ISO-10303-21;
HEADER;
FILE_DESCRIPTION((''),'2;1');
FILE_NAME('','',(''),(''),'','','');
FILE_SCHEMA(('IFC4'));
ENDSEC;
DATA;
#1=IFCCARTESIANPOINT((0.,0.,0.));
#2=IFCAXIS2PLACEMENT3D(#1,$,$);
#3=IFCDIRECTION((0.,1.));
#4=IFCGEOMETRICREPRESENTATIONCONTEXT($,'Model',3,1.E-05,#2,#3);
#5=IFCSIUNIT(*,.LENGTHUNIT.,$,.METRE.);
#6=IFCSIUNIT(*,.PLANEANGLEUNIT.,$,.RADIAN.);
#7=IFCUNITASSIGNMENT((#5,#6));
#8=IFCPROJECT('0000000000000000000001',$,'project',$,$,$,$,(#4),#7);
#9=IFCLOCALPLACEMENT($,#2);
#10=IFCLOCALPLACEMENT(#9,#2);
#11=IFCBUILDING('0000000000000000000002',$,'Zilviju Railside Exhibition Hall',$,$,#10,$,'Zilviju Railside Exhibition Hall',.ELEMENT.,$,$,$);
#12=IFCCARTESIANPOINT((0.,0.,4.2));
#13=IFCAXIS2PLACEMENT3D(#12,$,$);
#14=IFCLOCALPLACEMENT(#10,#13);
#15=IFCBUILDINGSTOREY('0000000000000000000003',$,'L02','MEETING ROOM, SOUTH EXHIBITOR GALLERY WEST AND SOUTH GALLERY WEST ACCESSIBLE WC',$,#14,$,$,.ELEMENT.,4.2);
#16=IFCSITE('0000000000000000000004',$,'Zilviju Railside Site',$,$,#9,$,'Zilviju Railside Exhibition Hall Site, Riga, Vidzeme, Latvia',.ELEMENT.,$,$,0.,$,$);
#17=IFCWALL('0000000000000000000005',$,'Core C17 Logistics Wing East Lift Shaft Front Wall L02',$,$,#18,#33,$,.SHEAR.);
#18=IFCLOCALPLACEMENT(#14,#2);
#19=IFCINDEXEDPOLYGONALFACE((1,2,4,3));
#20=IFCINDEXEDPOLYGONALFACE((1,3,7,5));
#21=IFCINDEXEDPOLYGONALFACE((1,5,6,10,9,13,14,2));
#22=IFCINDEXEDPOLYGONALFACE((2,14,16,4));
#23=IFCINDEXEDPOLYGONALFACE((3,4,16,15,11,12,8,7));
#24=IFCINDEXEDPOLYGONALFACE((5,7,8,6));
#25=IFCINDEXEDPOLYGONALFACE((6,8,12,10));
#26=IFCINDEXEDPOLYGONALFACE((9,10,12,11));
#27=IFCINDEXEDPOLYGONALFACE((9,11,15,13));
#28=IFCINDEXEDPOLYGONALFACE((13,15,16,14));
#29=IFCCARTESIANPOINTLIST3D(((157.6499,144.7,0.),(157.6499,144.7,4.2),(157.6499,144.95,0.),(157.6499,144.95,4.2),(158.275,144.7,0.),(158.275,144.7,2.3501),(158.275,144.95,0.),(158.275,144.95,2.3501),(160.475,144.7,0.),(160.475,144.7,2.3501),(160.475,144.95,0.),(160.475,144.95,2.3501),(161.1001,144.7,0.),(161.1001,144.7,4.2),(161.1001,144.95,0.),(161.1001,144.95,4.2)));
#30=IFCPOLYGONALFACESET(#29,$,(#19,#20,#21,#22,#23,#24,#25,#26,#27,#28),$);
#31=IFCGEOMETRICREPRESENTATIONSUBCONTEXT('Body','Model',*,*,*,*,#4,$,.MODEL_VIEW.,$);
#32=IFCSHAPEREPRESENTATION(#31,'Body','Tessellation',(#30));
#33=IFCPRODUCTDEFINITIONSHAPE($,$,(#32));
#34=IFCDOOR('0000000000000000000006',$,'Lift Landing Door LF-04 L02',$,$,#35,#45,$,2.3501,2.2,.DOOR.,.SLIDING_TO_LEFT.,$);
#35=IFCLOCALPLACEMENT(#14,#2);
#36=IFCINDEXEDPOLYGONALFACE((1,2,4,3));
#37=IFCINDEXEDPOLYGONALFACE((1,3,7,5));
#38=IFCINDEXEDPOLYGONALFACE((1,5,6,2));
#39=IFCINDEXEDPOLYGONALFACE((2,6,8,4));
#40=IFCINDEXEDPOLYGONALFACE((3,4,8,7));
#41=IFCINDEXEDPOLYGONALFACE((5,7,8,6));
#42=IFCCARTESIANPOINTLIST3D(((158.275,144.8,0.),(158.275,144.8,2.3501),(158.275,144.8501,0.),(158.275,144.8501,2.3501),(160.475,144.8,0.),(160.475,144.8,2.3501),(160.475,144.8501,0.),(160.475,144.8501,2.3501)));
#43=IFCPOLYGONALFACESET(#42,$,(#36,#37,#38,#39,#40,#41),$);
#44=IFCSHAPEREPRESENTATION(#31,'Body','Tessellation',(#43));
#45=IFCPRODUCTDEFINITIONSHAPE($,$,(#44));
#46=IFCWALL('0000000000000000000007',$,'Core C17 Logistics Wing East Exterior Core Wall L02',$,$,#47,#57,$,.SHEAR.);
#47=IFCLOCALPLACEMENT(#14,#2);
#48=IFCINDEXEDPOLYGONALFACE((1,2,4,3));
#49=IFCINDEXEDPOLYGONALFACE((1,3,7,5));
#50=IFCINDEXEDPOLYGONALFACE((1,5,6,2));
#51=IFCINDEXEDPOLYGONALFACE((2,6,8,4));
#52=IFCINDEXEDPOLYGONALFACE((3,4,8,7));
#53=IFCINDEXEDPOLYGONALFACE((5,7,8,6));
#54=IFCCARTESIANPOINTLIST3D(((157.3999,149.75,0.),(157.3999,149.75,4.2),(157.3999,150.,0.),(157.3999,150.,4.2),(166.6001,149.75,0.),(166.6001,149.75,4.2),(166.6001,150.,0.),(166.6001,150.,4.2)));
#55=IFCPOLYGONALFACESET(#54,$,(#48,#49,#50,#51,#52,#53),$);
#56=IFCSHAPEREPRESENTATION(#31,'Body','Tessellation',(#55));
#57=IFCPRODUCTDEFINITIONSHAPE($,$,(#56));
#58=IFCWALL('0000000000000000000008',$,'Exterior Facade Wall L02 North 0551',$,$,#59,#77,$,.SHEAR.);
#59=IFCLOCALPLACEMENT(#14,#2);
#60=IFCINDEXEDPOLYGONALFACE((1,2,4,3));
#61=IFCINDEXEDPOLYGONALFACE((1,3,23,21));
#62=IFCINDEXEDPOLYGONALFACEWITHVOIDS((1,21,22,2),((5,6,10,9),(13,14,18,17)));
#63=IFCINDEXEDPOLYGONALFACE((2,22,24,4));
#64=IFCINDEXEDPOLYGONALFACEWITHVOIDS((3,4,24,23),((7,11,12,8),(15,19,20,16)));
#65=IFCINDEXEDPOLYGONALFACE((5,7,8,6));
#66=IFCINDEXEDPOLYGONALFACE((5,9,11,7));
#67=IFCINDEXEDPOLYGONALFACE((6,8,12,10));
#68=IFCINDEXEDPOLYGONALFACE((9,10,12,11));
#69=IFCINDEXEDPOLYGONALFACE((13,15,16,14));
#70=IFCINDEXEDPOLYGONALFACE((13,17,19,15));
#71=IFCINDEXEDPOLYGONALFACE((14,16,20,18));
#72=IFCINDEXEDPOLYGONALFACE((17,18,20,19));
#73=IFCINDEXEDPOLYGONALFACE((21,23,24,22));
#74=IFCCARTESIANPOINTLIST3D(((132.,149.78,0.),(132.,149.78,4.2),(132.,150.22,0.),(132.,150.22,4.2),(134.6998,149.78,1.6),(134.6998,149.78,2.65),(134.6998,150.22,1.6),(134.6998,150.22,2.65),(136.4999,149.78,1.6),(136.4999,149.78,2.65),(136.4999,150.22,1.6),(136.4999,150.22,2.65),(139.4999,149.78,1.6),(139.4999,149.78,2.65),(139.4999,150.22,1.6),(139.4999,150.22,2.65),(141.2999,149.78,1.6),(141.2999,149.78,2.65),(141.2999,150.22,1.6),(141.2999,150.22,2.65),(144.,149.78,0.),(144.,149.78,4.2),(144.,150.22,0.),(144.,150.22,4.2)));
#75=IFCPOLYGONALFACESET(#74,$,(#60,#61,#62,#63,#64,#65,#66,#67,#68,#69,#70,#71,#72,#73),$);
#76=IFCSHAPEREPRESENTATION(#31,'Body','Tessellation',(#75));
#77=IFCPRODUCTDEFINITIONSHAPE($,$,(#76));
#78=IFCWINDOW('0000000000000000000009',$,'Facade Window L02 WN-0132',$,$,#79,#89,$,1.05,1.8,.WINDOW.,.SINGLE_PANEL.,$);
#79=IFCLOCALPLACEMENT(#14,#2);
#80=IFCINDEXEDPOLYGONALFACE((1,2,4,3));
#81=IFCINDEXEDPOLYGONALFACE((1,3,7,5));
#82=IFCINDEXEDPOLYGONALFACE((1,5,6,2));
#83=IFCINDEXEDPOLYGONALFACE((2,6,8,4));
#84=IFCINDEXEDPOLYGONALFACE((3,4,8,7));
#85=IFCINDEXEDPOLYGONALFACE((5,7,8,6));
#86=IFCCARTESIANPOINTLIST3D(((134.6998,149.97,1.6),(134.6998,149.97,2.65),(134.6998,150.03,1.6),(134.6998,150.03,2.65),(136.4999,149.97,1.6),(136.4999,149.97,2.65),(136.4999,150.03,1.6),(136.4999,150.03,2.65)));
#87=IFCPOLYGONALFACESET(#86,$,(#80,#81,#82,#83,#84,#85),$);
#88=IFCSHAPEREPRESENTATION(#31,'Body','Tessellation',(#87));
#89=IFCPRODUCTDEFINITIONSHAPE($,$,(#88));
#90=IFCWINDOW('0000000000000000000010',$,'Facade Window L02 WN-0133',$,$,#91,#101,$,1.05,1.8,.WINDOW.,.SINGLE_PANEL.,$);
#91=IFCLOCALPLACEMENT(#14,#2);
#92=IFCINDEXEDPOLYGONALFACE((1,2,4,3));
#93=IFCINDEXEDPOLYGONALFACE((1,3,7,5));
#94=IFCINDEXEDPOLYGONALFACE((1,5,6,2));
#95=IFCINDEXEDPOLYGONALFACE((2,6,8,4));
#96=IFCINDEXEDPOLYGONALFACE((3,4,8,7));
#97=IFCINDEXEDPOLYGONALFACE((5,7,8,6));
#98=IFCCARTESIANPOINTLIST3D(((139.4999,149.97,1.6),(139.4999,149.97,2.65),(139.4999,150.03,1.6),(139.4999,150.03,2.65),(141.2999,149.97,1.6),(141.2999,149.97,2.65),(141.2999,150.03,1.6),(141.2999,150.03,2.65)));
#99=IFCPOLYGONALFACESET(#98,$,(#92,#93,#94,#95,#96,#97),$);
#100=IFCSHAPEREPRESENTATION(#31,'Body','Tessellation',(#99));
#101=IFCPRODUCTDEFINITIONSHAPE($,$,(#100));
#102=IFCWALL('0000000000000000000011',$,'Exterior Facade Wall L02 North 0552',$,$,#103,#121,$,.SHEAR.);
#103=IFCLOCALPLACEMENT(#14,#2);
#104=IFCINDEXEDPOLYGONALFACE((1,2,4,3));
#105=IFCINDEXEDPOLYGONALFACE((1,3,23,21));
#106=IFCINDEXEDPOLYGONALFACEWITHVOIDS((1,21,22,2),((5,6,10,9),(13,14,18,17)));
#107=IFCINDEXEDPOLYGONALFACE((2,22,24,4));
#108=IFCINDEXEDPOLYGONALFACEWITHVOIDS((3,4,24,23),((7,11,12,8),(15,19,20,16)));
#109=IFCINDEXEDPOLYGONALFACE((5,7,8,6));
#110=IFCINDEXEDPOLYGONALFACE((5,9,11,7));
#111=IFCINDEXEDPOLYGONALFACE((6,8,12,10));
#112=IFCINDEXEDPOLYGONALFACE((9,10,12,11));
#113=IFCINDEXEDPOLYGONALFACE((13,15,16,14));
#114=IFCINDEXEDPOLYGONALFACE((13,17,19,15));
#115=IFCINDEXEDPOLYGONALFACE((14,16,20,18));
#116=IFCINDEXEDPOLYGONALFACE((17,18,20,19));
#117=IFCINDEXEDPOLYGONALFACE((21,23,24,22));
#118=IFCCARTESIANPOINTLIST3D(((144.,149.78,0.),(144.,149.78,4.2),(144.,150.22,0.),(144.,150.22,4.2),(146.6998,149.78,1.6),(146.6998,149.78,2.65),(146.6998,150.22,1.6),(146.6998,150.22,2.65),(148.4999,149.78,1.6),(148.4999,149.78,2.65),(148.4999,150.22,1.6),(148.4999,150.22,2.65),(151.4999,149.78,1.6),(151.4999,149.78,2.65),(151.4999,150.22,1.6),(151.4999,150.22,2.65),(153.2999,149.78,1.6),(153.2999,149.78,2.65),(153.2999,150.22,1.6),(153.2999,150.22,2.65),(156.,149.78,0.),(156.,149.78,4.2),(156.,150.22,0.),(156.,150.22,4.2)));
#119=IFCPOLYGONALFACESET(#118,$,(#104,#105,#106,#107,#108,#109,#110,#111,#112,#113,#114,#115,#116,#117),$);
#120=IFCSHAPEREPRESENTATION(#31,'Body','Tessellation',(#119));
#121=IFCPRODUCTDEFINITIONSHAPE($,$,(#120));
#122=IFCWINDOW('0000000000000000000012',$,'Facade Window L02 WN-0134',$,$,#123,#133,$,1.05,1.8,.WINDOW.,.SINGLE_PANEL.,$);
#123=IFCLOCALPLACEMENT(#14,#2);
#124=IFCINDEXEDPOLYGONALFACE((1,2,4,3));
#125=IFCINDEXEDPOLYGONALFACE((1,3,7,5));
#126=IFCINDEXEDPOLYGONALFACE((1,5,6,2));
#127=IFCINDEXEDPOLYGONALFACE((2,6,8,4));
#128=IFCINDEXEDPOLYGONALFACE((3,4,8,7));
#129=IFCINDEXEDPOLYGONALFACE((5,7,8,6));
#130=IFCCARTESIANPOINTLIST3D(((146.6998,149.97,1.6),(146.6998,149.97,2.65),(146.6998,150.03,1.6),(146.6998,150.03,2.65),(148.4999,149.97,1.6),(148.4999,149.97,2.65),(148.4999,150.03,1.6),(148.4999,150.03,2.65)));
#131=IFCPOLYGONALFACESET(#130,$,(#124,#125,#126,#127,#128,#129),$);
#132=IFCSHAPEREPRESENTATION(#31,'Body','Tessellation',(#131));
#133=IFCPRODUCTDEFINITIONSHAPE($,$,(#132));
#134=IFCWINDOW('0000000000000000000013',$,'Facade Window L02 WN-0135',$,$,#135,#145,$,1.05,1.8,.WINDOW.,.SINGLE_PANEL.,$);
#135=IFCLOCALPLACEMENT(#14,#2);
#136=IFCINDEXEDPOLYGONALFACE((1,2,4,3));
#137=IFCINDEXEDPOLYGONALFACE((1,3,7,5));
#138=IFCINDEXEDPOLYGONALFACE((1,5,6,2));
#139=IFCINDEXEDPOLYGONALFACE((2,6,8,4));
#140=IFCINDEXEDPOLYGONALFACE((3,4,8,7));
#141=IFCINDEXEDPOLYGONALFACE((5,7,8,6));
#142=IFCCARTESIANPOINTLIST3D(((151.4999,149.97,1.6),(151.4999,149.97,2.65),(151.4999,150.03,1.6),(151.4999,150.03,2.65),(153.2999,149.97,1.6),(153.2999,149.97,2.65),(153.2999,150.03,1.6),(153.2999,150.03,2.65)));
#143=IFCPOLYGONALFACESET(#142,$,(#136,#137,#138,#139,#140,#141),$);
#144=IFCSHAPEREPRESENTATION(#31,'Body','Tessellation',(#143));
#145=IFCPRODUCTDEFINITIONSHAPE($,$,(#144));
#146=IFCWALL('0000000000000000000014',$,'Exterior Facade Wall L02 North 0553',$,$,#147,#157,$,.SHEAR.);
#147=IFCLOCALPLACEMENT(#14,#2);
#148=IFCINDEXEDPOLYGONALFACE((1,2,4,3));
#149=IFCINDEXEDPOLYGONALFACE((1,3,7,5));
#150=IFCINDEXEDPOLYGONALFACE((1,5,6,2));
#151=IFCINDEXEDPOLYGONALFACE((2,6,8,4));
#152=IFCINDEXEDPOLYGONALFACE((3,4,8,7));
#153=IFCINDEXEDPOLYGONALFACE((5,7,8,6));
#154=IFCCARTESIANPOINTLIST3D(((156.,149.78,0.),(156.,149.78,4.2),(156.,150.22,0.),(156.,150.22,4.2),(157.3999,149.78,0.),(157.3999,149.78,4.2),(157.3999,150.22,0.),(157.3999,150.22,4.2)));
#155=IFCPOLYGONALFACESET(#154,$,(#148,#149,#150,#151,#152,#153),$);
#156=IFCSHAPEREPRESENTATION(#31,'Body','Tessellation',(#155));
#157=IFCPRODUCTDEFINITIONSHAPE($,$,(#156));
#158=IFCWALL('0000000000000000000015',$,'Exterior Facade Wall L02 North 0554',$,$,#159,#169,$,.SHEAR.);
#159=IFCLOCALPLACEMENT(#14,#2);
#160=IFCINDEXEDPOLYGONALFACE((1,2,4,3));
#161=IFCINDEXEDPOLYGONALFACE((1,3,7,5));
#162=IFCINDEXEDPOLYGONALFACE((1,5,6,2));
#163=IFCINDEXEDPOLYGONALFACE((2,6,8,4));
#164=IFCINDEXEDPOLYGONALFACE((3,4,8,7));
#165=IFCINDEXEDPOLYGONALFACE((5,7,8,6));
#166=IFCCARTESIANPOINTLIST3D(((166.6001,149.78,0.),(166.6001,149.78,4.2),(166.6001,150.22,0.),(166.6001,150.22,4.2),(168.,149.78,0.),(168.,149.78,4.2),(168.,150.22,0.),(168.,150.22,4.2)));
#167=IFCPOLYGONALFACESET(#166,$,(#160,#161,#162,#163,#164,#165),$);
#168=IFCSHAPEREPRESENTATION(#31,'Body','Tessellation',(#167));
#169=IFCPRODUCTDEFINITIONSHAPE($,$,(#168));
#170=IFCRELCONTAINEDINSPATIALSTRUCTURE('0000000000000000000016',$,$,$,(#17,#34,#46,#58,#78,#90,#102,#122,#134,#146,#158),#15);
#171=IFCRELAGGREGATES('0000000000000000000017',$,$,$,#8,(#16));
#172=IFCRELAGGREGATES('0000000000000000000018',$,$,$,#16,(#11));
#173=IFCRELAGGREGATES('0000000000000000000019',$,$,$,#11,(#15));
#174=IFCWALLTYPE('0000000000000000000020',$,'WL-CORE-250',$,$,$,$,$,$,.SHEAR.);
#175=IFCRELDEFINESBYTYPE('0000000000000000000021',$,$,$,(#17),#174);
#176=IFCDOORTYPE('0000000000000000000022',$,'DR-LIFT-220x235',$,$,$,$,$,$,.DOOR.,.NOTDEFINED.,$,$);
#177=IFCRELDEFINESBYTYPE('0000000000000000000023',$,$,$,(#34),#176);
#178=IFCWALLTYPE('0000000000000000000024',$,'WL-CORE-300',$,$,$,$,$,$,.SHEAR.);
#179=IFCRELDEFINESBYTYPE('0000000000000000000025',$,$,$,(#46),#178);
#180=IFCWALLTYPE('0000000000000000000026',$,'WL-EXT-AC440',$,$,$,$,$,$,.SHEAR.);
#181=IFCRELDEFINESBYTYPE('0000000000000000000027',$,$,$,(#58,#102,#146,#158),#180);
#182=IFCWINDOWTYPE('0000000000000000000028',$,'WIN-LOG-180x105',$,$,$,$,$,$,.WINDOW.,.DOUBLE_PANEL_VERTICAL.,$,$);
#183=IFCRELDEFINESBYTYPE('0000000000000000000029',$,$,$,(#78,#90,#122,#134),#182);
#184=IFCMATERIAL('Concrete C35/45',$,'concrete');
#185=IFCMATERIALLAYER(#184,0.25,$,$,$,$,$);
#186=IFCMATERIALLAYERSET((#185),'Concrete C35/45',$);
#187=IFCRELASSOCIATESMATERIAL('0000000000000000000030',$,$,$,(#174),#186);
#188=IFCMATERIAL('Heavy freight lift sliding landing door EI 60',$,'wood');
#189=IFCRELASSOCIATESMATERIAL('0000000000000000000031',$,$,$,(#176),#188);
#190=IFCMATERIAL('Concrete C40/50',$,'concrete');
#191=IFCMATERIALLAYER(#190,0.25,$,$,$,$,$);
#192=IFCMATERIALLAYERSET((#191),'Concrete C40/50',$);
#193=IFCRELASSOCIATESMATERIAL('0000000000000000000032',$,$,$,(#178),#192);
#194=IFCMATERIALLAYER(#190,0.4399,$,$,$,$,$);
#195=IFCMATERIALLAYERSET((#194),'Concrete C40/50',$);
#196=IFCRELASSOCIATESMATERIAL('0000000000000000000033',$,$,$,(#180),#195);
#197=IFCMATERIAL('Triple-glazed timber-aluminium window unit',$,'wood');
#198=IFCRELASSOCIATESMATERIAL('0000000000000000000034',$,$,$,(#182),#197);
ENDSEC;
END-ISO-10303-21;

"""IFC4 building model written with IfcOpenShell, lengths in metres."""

from ifc_helpers import new_model, si_unit, direction, frame, frame_2d, origin, place, context, subcontext, project, spatial, rectangle, extrude, material, layer, layer_set, type_object, element, fill, save


model = new_model("IFC4")

# Units and contexts
model_context = context("Model", 3, precision=1e-05, world=origin(), true_north=direction((0.0, 1.0)))
body_context = subcontext(model_context, "Body", "Model", "MODEL_VIEW")
ifc_project = project(units=[si_unit("LENGTHUNIT", "METRE"), si_unit("PLANEANGLEUNIT", "RADIAN")], contexts=[model_context])

# Site, building, storey
site_placement = place(None, origin())
site = spatial("IfcSite", under=ifc_project, at=site_placement, Name="Zilviju Railside Site", LongName="Zilviju Railside Exhibition Hall Site, Riga, Vidzeme, Latvia", CompositionType="ELEMENT", RefElevation=0.0)
building_placement = place(site_placement, origin())
building = spatial("IfcBuilding", under=site, at=building_placement, Name="Zilviju Railside Exhibition Hall", LongName="Zilviju Railside Exhibition Hall", CompositionType="ELEMENT")
storey_placement = place(building_placement, frame((0.0, 0.0, 4.2)))
storey = spatial("IfcBuildingStorey", under=building, at=storey_placement, Name="L02", Description="MEETING ROOM, SOUTH EXHIBITOR GALLERY WEST AND SOUTH GALLERY WEST ACCESSIBLE WC", CompositionType="ELEMENT", Elevation=4.2)

# Shared definitions
ifc_material_1 = material(Name="Concrete C40/50", Category="concrete")

# Shared definitions
ifc_material_2 = material(Name="Concrete C35/45", Category="concrete")
ifc_layer_1 = layer(ifc_material_2, 0.25)
ifc_layer_set_1 = layer_set([ifc_layer_1], Name="Concrete C35/45")
wall_type_1 = type_object("IfcWallType", Name="WL-CORE-250", PredefinedType="SHEAR", material=ifc_layer_set_1)

# Wall, opening, door
wall_1_placement = place(storey_placement, frame((161.1001, 144.825, 0.0), z_axis=(0.0, 0.0, 1.0), x_axis=(-1.0, 0.0, 0.0)))
wall_1 = element("IfcWall", 1, at=wall_1_placement, inside=storey, type_object=wall_type_1, Name="Core C17 Logistics Wing East Lift Shaft Front Wall L02", PredefinedType="SHEAR", context=body_context, shape_type="SweptSolid", body=[
    extrude(rectangle(XDim=3.4502, YDim=0.25, at=frame_2d((1.7251, 0.0))), origin(), (0.0, 0.0, 1.0), 4.2),
])
opening_1_placement = place(wall_1_placement, frame((0.625, 0.0, 0.0)))
opening_1 = element("IfcOpeningElement", 2, at=opening_1_placement, cuts=wall_1, PredefinedType="OPENING", context=body_context, shape_type="SweptSolid", body=[
    extrude(rectangle(XDim=2.2, YDim=2.3501, at=frame_2d((1.1001, 1.175))), frame((0.0, 0.135, 0.0), z_axis=(0.0, -1.0, 0.0), x_axis=(1.0, 0.0, 0.0)), (0.0, 0.0, 1.0), 0.27),
])
ifc_material_3 = material(Name="Heavy freight lift sliding landing door EI 60", Category="wood")
door_type_1 = type_object("IfcDoorType", Name="DR-LIFT-220x235", OperationType="NOTDEFINED", PredefinedType="DOOR", material=ifc_material_3)
door_1_placement = place(opening_1_placement, origin())
door_1 = element("IfcDoor", 3, at=door_1_placement, inside=storey, type_object=door_type_1, Name="Lift Landing Door LF-04 L02", OperationType="SLIDING_TO_LEFT", OverallHeight=2.3501, OverallWidth=2.2, PredefinedType="DOOR", context=body_context, shape_type="SweptSolid", body=[
    extrude(rectangle(XDim=2.2, YDim=2.3501, at=frame_2d((1.1001, 1.175))), frame((0.0, 0.0249, 0.0), z_axis=(0.0, -1.0, 0.0), x_axis=(1.0, 0.0, 0.0)), (0.0, 0.0, 1.0), 0.05),
])
fill(opening_1, door_1)

# Wall
ifc_layer_2 = layer(ifc_material_1, 0.25)
ifc_layer_set_2 = layer_set([ifc_layer_2], Name="Concrete C40/50")
wall_type_2 = type_object("IfcWallType", Name="WL-CORE-300", PredefinedType="SHEAR", material=ifc_layer_set_2)
wall_2_placement = place(storey_placement, frame((157.3999, 149.875, 0.0), z_axis=(0.0, 0.0, 1.0), x_axis=(1.0, 0.0, 0.0)))
element("IfcWall", 4, at=wall_2_placement, inside=storey, type_object=wall_type_2, Name="Core C17 Logistics Wing East Exterior Core Wall L02", PredefinedType="SHEAR", context=body_context, shape_type="SweptSolid", body=[
    extrude(rectangle(XDim=9.2002, YDim=0.25, at=frame_2d((4.6001, 0.0))), origin(), (0.0, 0.0, 1.0), 4.2),
])

# Walls, openings, windows
ifc_layer_3 = layer(ifc_material_1, 0.4399)
ifc_layer_set_3 = layer_set([ifc_layer_3], Name="Concrete C40/50")
wall_type_3 = type_object("IfcWallType", Name="WL-EXT-AC440", PredefinedType="SHEAR", material=ifc_layer_set_3)
wall_3_placement = place(storey_placement, frame((132.0, 150.0, 0.0), z_axis=(0.0, 0.0, 1.0), x_axis=(1.0, 0.0, 0.0)))
wall_3 = element("IfcWall", 5, at=wall_3_placement, inside=storey, type_object=wall_type_3, Name="Exterior Facade Wall L02 North 0551", PredefinedType="SHEAR", context=body_context, shape_type="SweptSolid", body=[
    extrude(rectangle(XDim=12.0, YDim=0.4399, at=frame_2d((6.0, 0.0))), origin(), (0.0, 0.0, 1.0), 4.2),
])
opening_2_placement = place(wall_3_placement, frame((2.7, 0.0, 1.6001)))
opening_2 = element("IfcOpeningElement", 6, at=opening_2_placement, cuts=wall_3, PredefinedType="OPENING", context=body_context, shape_type="SweptSolid", body=[
    extrude(rectangle(XDim=1.8, YDim=1.05, at=frame_2d((0.8999, 0.5249))), frame((0.0, 0.23, 0.0), z_axis=(0.0, -1.0, 0.0), x_axis=(1.0, 0.0, 0.0)), (0.0, 0.0, 1.0), 0.46),
])
opening_3_placement = place(wall_3_placement, frame((7.5, 0.0, 1.6001)))
opening_3 = element("IfcOpeningElement", 7, at=opening_3_placement, cuts=wall_3, PredefinedType="OPENING", context=body_context, shape_type="SweptSolid", body=[
    extrude(rectangle(XDim=1.8, YDim=1.05, at=frame_2d((0.8999, 0.5249))), frame((0.0, 0.23, 0.0), z_axis=(0.0, -1.0, 0.0), x_axis=(1.0, 0.0, 0.0)), (0.0, 0.0, 1.0), 0.46),
])
ifc_material_4 = material(Name="Triple-glazed timber-aluminium window unit", Category="wood")
window_type = type_object("IfcWindowType", Name="WIN-LOG-180x105", PartitioningType="DOUBLE_PANEL_VERTICAL", PredefinedType="WINDOW", material=ifc_material_4)
window_1_placement = place(opening_2_placement, origin())
window_1 = element("IfcWindow", 8, at=window_1_placement, inside=storey, type_object=window_type, Name="Facade Window L02 WN-0132", OverallHeight=1.05, OverallWidth=1.8, PartitioningType="SINGLE_PANEL", PredefinedType="WINDOW", context=body_context, shape_type="SweptSolid", body=[
    extrude(rectangle(XDim=1.8, YDim=1.05, at=frame_2d((0.8999, 0.5249))), frame((0.0, 0.03, 0.0), z_axis=(0.0, -1.0, 0.0), x_axis=(1.0, 0.0, 0.0)), (0.0, 0.0, 1.0), 0.0601),
])
fill(opening_2, window_1)
window_2_placement = place(opening_3_placement, origin())
window_2 = element("IfcWindow", 9, at=window_2_placement, inside=storey, type_object=window_type, Name="Facade Window L02 WN-0133", OverallHeight=1.05, OverallWidth=1.8, PartitioningType="SINGLE_PANEL", PredefinedType="WINDOW", context=body_context, shape_type="SweptSolid", body=[
    extrude(rectangle(XDim=1.8, YDim=1.05, at=frame_2d((0.8999, 0.5249))), frame((0.0, 0.03, 0.0), z_axis=(0.0, -1.0, 0.0), x_axis=(1.0, 0.0, 0.0)), (0.0, 0.0, 1.0), 0.0601),
])
fill(opening_3, window_2)
wall_4_placement = place(storey_placement, frame((144.0, 150.0, 0.0), z_axis=(0.0, 0.0, 1.0), x_axis=(1.0, 0.0, 0.0)))
wall_4 = element("IfcWall", 10, at=wall_4_placement, inside=storey, type_object=wall_type_3, Name="Exterior Facade Wall L02 North 0552", PredefinedType="SHEAR", context=body_context, shape_type="SweptSolid", body=[
    extrude(rectangle(XDim=12.0, YDim=0.4399, at=frame_2d((6.0, 0.0))), origin(), (0.0, 0.0, 1.0), 4.2),
])
opening_4_placement = place(wall_4_placement, frame((2.7, 0.0, 1.6001)))
opening_4 = element("IfcOpeningElement", 11, at=opening_4_placement, cuts=wall_4, PredefinedType="OPENING", context=body_context, shape_type="SweptSolid", body=[
    extrude(rectangle(XDim=1.8, YDim=1.05, at=frame_2d((0.8999, 0.5249))), frame((0.0, 0.23, 0.0), z_axis=(0.0, -1.0, 0.0), x_axis=(1.0, 0.0, 0.0)), (0.0, 0.0, 1.0), 0.46),
])
opening_5_placement = place(wall_4_placement, frame((7.5, 0.0, 1.6001)))
opening_5 = element("IfcOpeningElement", 12, at=opening_5_placement, cuts=wall_4, PredefinedType="OPENING", context=body_context, shape_type="SweptSolid", body=[
    extrude(rectangle(XDim=1.8, YDim=1.05, at=frame_2d((0.8999, 0.5249))), frame((0.0, 0.23, 0.0), z_axis=(0.0, -1.0, 0.0), x_axis=(1.0, 0.0, 0.0)), (0.0, 0.0, 1.0), 0.46),
])
window_3_placement = place(opening_4_placement, origin())
window_3 = element("IfcWindow", 13, at=window_3_placement, inside=storey, type_object=window_type, Name="Facade Window L02 WN-0134", OverallHeight=1.05, OverallWidth=1.8, PartitioningType="SINGLE_PANEL", PredefinedType="WINDOW", context=body_context, shape_type="SweptSolid", body=[
    extrude(rectangle(XDim=1.8, YDim=1.05, at=frame_2d((0.8999, 0.5249))), frame((0.0, 0.03, 0.0), z_axis=(0.0, -1.0, 0.0), x_axis=(1.0, 0.0, 0.0)), (0.0, 0.0, 1.0), 0.0601),
])
fill(opening_4, window_3)
window_4_placement = place(opening_5_placement, origin())
window_4 = element("IfcWindow", 14, at=window_4_placement, inside=storey, type_object=window_type, Name="Facade Window L02 WN-0135", OverallHeight=1.05, OverallWidth=1.8, PartitioningType="SINGLE_PANEL", PredefinedType="WINDOW", context=body_context, shape_type="SweptSolid", body=[
    extrude(rectangle(XDim=1.8, YDim=1.05, at=frame_2d((0.8999, 0.5249))), frame((0.0, 0.03, 0.0), z_axis=(0.0, -1.0, 0.0), x_axis=(1.0, 0.0, 0.0)), (0.0, 0.0, 1.0), 0.0601),
])
fill(opening_5, window_4)

# Walls
for number, where, z_axis, x_axis, name in (
    (15, (156.0, 150.0, 0.0), (0.0, 0.0, 1.0), (1.0, 0.0, 0.0), "Exterior Facade Wall L02 North 0553"),
    (16, (166.6001, 150.0, 0.0), (0.0, 0.0, 1.0), (1.0, 0.0, 0.0), "Exterior Facade Wall L02 North 0554"),
):
    element("IfcWall", number, at=place(storey_placement, frame(where, z_axis=z_axis, x_axis=x_axis)), inside=storey, type_object=wall_type_3, Name=name, PredefinedType="SHEAR", context=body_context, shape_type="SweptSolid", body=[
        extrude(rectangle(XDim=1.3999, YDim=0.4399, at=frame_2d((0.7, 0.0))), origin(), (0.0, 0.0, 1.0), 4.2),
    ])

save(model, "model.ifc")
